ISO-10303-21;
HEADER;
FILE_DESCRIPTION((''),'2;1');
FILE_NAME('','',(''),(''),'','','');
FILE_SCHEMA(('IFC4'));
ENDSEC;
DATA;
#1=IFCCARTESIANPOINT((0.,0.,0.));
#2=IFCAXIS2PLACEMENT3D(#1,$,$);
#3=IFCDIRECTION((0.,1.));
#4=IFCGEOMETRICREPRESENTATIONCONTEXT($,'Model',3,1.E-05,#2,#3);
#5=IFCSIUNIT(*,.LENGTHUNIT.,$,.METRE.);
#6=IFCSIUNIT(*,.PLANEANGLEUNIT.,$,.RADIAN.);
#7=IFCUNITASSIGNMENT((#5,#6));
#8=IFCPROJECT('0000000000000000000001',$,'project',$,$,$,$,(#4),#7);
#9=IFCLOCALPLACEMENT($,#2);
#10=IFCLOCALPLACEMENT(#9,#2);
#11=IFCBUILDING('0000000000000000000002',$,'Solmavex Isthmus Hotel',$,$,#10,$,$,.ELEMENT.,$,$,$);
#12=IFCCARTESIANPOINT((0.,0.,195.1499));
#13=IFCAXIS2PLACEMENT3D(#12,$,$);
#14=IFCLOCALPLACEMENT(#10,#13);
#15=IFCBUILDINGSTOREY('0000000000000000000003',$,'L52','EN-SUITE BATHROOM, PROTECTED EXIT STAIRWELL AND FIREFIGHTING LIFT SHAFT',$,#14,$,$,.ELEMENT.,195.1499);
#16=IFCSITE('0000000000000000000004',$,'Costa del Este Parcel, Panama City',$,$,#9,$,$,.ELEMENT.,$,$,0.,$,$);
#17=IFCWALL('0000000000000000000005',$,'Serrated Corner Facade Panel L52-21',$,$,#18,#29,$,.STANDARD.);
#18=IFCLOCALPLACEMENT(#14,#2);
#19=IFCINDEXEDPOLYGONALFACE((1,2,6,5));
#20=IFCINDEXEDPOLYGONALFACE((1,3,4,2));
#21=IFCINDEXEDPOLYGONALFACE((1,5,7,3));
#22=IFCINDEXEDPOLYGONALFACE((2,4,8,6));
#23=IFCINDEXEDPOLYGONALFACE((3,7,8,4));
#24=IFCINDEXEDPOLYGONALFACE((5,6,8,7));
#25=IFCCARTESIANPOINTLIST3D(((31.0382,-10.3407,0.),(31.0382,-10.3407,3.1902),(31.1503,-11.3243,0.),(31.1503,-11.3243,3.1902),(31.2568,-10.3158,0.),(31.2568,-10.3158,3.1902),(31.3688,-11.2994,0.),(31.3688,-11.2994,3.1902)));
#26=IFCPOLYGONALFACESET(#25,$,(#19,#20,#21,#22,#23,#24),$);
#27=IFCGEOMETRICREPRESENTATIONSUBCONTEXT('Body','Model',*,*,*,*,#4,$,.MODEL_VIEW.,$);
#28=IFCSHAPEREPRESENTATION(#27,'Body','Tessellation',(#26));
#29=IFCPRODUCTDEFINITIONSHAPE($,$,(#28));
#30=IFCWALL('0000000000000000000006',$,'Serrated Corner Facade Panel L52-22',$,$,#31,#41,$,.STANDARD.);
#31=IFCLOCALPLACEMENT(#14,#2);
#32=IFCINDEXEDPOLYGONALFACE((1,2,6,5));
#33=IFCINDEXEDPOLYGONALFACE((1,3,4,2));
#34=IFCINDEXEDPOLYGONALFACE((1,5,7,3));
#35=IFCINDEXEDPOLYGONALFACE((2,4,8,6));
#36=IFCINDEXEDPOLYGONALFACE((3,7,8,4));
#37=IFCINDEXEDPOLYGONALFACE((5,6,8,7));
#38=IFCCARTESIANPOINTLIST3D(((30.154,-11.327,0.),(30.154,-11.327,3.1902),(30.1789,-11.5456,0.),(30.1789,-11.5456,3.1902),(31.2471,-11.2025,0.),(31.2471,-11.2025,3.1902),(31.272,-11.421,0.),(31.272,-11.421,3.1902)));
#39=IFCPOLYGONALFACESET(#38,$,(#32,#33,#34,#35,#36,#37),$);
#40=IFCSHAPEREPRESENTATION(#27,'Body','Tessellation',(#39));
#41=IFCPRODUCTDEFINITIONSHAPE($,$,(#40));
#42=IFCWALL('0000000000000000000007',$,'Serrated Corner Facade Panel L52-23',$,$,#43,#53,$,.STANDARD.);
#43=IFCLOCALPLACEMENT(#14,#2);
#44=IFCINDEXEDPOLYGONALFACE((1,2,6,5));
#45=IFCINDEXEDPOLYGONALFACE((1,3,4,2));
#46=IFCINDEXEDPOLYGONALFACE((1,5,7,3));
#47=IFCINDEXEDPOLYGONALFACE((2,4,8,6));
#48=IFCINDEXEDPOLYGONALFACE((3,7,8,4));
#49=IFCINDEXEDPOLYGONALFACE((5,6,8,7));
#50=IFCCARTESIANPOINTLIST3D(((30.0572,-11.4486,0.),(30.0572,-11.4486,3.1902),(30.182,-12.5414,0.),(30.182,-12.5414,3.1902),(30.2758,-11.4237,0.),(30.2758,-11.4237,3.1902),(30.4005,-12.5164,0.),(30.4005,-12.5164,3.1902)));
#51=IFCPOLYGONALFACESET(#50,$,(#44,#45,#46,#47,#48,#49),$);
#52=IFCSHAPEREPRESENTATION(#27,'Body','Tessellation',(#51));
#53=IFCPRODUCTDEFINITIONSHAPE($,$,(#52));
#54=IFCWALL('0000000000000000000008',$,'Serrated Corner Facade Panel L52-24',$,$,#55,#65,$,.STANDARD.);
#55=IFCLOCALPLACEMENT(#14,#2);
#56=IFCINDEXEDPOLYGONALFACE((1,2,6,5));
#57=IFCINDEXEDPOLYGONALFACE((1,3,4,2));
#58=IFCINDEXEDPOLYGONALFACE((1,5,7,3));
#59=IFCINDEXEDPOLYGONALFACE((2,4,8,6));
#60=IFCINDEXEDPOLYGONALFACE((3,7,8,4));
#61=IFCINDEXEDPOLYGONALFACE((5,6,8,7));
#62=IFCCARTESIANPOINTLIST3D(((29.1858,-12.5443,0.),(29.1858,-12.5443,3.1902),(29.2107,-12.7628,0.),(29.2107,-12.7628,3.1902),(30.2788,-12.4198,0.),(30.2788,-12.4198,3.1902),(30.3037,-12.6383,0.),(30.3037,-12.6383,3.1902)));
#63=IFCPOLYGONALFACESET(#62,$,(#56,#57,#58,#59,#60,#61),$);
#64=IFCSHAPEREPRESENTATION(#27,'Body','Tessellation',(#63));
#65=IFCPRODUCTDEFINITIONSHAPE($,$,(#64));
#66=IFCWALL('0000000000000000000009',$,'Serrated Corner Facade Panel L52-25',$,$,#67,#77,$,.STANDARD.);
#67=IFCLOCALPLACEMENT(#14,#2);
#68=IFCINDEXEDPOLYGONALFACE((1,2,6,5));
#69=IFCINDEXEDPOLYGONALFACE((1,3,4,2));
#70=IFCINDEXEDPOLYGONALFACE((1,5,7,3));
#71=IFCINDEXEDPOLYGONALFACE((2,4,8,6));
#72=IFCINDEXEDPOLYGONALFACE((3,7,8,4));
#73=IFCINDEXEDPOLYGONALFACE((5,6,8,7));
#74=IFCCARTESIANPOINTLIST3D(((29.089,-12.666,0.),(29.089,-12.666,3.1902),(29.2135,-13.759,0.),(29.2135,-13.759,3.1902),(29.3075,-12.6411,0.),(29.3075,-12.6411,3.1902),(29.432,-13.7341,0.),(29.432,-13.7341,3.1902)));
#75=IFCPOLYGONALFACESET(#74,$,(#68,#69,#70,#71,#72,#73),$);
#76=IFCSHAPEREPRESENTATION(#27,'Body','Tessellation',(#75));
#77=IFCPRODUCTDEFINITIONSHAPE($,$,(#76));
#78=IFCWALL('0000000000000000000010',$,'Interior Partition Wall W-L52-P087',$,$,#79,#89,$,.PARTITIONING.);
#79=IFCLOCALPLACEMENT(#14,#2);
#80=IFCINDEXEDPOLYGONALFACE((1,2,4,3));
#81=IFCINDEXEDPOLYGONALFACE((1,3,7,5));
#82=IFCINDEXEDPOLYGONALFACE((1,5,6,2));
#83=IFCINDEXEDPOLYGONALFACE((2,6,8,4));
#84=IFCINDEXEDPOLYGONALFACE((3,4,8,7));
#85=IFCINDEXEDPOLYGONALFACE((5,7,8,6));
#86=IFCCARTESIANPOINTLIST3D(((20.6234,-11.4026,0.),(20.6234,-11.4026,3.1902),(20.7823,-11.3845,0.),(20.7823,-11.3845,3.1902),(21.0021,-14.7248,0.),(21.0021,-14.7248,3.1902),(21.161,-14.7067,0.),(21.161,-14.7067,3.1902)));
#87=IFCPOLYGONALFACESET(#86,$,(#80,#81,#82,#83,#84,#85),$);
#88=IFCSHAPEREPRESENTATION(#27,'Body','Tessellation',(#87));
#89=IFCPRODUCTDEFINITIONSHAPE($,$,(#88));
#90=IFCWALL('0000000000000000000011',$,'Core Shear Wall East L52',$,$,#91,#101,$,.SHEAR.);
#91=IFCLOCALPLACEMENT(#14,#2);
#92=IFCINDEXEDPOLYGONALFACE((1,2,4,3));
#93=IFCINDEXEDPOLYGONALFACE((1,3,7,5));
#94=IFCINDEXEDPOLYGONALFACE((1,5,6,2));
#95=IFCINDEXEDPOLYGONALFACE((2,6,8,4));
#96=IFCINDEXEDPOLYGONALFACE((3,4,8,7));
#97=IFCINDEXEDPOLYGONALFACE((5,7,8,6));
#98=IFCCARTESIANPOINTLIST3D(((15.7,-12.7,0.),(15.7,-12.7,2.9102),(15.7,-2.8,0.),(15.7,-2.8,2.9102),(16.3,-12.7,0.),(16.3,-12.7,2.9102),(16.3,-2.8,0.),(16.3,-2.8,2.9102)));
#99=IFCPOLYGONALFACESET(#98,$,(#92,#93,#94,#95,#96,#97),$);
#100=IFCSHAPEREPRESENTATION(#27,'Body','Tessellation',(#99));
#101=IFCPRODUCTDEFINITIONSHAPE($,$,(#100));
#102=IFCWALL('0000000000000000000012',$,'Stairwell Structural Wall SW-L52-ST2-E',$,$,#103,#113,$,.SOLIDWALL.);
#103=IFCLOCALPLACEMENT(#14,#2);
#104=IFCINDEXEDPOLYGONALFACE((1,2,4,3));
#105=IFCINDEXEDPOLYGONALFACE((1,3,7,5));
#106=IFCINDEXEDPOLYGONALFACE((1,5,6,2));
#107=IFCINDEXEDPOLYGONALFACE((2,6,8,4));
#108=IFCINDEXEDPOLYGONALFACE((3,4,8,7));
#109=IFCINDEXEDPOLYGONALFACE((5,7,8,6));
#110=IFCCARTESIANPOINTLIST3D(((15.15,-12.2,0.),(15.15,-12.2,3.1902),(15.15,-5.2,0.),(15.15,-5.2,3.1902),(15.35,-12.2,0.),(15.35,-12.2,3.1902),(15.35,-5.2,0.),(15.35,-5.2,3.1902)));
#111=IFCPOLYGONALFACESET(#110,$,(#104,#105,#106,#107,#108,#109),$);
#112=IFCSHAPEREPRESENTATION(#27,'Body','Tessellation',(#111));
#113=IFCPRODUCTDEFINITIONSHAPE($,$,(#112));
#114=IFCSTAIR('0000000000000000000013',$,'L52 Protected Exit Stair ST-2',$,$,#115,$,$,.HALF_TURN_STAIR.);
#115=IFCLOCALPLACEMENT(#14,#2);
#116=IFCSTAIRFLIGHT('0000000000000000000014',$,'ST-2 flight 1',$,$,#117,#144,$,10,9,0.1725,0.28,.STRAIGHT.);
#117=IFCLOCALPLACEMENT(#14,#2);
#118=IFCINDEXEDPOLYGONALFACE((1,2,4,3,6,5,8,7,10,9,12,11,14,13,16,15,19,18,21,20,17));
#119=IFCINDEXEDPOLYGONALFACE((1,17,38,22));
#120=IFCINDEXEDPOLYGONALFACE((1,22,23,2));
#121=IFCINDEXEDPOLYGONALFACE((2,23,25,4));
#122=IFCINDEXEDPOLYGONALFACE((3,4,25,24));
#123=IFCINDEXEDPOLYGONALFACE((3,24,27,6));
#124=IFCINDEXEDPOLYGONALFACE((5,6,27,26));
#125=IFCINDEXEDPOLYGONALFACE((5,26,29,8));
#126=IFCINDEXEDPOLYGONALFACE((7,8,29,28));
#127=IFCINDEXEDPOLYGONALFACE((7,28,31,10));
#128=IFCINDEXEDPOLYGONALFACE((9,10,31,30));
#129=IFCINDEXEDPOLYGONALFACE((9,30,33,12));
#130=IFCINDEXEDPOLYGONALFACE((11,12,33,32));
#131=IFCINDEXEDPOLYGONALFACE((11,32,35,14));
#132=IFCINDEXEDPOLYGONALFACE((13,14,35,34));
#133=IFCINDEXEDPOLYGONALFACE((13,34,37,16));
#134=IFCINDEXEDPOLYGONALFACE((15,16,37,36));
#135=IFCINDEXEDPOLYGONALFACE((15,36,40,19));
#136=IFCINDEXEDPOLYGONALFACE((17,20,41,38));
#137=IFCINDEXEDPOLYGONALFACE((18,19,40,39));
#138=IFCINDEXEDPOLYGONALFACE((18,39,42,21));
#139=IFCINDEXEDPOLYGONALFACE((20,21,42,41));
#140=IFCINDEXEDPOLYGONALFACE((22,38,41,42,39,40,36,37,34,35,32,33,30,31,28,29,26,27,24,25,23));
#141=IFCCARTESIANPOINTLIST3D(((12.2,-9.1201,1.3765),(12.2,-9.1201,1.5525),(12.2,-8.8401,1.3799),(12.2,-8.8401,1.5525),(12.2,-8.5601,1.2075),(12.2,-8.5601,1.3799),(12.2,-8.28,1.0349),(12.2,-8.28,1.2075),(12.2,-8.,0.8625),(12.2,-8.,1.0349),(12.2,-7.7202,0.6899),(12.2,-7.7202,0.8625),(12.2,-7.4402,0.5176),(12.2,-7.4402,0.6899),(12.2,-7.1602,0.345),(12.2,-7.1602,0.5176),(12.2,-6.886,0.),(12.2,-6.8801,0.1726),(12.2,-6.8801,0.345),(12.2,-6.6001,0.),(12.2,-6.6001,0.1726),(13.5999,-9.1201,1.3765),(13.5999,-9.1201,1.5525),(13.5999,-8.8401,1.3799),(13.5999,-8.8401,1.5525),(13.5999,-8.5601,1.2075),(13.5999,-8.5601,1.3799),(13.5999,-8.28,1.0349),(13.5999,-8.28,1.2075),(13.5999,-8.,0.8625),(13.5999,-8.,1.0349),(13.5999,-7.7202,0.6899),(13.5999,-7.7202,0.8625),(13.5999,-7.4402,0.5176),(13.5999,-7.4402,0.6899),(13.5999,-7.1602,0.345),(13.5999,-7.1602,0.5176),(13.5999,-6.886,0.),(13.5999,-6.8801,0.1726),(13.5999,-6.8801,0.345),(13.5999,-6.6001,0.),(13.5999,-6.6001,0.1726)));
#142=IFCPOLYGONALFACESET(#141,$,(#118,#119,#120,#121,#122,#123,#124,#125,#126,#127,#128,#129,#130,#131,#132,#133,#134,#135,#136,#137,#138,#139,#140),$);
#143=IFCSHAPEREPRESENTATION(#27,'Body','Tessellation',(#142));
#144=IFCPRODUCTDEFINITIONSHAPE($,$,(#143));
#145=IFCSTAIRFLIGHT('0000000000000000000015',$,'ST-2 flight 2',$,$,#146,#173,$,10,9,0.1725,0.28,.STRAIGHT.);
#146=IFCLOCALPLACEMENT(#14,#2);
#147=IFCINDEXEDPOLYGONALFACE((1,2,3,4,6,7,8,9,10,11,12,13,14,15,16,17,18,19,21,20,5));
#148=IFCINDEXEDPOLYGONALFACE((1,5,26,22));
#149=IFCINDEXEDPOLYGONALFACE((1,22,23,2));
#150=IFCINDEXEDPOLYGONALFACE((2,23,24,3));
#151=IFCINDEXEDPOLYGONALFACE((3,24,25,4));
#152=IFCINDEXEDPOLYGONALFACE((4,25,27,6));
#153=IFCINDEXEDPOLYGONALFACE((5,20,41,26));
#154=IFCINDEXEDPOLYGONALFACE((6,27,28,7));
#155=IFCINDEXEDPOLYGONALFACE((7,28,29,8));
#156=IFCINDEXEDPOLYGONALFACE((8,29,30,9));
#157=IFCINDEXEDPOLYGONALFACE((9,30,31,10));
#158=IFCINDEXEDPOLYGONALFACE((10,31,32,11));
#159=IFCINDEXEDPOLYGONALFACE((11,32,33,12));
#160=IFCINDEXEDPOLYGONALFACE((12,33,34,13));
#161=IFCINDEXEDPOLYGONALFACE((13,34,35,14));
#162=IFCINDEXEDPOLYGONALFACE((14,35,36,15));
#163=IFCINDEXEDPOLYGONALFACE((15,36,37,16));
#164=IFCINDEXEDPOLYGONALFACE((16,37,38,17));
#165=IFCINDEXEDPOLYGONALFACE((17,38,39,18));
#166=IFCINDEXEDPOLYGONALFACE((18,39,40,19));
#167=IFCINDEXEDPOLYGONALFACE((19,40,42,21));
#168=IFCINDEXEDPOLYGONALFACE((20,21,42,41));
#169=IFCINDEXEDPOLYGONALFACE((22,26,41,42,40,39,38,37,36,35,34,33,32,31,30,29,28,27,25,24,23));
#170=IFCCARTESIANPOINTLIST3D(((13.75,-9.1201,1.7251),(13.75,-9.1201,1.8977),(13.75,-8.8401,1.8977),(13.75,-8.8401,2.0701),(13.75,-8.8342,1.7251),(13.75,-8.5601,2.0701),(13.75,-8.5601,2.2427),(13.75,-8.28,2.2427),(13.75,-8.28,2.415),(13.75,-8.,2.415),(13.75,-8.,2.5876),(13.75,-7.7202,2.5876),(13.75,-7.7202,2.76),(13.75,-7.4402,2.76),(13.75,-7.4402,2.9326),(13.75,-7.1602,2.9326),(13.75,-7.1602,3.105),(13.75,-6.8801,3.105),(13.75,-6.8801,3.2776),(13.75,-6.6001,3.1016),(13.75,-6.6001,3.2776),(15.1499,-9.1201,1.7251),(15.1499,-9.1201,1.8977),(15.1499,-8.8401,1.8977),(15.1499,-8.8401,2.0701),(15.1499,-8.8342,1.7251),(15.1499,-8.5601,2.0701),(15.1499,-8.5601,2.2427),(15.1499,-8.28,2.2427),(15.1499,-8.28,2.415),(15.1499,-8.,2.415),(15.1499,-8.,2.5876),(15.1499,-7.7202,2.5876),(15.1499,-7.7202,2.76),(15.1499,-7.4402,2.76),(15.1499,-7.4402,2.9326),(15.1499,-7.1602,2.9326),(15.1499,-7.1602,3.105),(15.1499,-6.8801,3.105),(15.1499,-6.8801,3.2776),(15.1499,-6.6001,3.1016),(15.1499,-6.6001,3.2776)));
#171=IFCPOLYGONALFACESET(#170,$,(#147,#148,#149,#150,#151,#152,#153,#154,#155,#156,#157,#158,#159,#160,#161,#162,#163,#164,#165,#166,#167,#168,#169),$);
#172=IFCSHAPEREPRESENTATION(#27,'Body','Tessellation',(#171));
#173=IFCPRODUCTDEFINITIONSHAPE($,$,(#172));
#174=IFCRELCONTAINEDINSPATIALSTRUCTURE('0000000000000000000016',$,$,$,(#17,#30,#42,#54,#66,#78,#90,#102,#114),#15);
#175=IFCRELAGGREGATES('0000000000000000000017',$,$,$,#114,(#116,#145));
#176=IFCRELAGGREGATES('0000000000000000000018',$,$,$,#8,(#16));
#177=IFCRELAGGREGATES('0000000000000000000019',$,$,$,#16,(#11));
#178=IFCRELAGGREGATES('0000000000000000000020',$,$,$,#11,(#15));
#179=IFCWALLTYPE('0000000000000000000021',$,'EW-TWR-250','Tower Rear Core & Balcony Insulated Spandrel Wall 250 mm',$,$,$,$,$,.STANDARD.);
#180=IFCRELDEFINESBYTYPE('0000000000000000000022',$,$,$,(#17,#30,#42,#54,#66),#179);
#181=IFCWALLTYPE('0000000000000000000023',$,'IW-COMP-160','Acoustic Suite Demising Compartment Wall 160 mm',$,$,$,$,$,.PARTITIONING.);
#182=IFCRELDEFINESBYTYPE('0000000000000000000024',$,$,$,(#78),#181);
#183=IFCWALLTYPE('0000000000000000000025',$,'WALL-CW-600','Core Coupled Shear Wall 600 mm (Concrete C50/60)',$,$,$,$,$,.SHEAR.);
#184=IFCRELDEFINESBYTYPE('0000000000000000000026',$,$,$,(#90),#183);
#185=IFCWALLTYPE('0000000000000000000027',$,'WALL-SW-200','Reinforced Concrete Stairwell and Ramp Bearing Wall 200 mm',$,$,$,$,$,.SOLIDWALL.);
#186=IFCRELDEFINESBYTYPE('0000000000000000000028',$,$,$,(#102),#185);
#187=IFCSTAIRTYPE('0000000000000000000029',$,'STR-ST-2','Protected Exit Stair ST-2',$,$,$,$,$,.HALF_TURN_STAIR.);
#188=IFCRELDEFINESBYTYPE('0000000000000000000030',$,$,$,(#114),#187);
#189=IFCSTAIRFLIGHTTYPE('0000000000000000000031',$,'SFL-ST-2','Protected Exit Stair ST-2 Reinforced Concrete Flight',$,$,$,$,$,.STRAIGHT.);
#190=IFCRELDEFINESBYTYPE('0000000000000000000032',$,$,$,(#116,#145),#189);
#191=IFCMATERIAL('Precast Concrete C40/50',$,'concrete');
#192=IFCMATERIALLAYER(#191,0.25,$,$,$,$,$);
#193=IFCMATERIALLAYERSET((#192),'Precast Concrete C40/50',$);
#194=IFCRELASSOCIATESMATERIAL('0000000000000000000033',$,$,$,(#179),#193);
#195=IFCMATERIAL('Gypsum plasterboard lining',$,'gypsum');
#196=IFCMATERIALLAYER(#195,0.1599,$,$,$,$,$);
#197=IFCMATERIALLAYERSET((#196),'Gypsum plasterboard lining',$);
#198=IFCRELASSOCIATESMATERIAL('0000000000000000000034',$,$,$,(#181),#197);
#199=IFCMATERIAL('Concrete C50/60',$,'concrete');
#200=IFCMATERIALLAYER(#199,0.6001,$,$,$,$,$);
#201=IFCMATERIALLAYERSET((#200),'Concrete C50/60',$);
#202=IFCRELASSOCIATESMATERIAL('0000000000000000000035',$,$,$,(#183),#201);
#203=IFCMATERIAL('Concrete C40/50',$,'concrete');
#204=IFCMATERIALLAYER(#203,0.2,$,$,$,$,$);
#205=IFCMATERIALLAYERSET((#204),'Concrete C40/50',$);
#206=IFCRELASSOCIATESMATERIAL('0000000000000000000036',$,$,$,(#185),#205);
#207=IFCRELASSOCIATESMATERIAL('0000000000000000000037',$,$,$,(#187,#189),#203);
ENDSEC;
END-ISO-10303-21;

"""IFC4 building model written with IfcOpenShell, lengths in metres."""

from ifc_helpers import new_model, si_unit, direction, frame, frame_2d, origin, place, context, subcontext, project, spatial, polyline, rectangle, outline, extrude, material, layer, layer_set, type_object, element, aggregate, save


model = new_model("IFC4")

# Units and contexts
model_context = context("Model", 3, precision=1e-05, world=origin(), true_north=direction((0.0, 1.0)))
body_context = subcontext(model_context, "Body", "Model", "MODEL_VIEW")
ifc_project = project(units=[si_unit("LENGTHUNIT", "METRE"), si_unit("PLANEANGLEUNIT", "RADIAN")], contexts=[model_context])

# Site, building, storey
site_placement = place(None, origin())
site = spatial("IfcSite", under=ifc_project, at=site_placement, Name="Costa del Este Parcel, Panama City", CompositionType="ELEMENT", RefElevation=0.0)
building_placement = place(site_placement, origin())
building = spatial("IfcBuilding", under=site, at=building_placement, Name="Solmavex Isthmus Hotel", CompositionType="ELEMENT")
storey_placement = place(building_placement, frame((0.0, 0.0, 195.1499)))
storey = spatial("IfcBuildingStorey", under=building, at=storey_placement, Name="L52", Description="EN-SUITE BATHROOM, PROTECTED EXIT STAIRWELL AND FIREFIGHTING LIFT SHAFT", CompositionType="ELEMENT", Elevation=195.1499)

# Shared definitions
ifc_material_1 = material(Name="Concrete C50/60", Category="concrete")

# Walls
ifc_material_2 = material(Name="Precast Concrete C40/50", Category="concrete")
ifc_layer_1 = layer(ifc_material_2, 0.25)
ifc_layer_set_1 = layer_set([ifc_layer_1], Name="Precast Concrete C40/50")
wall_type_1 = type_object("IfcWallType", Name="EW-TWR-250", Description="Tower Rear Core & Balcony Insulated Spandrel Wall 250 mm", PredefinedType="STANDARD", material=ifc_layer_set_1)
wall_1_placement = place(storey_placement, frame((31.1475, -10.3281, 0.0), z_axis=(0.0, 0.0, 1.0), x_axis=(0.113192, -0.993573, 0.0)))
element("IfcWall", 1, at=wall_1_placement, inside=storey, type_object=wall_type_1, Name="Serrated Corner Facade Panel L52-21", PredefinedType="STANDARD", context=body_context, shape_type="SweptSolid", body=[
    extrude(rectangle(XDim=0.99, YDim=0.22, at=frame_2d((0.4951, 0.0))), origin(), (0.0, 0.0, 1.0), 3.1902),
])
wall_2_placement = place(storey_placement, frame((31.2595, -11.3118, 0.0), z_axis=(0.0, 0.0, 1.0), x_axis=(-0.993574, -0.113184, 0.0)))
element("IfcWall", 2, at=wall_2_placement, inside=storey, type_object=wall_type_1, Name="Serrated Corner Facade Panel L52-22", PredefinedType="STANDARD", context=body_context, shape_type="SweptSolid", body=[
    extrude(rectangle(XDim=1.1001, YDim=0.22, at=frame_2d((0.55, 0.0))), origin(), (0.0, 0.0, 1.0), 3.1902),
])
wall_3_placement = place(storey_placement, frame((30.1665, -11.4363, 0.0), z_axis=(0.0, 0.0, 1.0), x_axis=(0.113428, -0.993546, 0.0)))
element("IfcWall", 3, at=wall_3_placement, inside=storey, type_object=wall_type_1, Name="Serrated Corner Facade Panel L52-23", PredefinedType="STANDARD", context=body_context, shape_type="SweptSolid", body=[
    extrude(rectangle(XDim=1.0999, YDim=0.22, at=frame_2d((0.5498, 0.0))), origin(), (0.0, 0.0, 1.0), 3.1902),
])
for number, where, z_axis, x_axis, name in (
    (4, (30.2913, -12.5291, 0.0), (0.0, 0.0, 1.0), (-0.993574, -0.113184, 0.0), "Serrated Corner Facade Panel L52-24"),
    (5, (29.1982, -12.6536, 0.0), (0.0, 0.0, 1.0), (0.113184, -0.993574, 0.0), "Serrated Corner Facade Panel L52-25"),
):
    element("IfcWall", number, at=place(storey_placement, frame(where, z_axis=z_axis, x_axis=x_axis)), inside=storey, type_object=wall_type_1, Name=name, PredefinedType="STANDARD", context=body_context, shape_type="SweptSolid", body=[
        extrude(rectangle(XDim=1.1001, YDim=0.22, at=frame_2d((0.55, 0.0))), origin(), (0.0, 0.0, 1.0), 3.1902),
    ])
ifc_material_3 = material(Name="Gypsum plasterboard lining", Category="gypsum")
ifc_layer_2 = layer(ifc_material_3, 0.1599)
ifc_layer_set_2 = layer_set([ifc_layer_2], Name="Gypsum plasterboard lining")
wall_type_2 = type_object("IfcWallType", Name="IW-COMP-160", Description="Acoustic Suite Demising Compartment Wall 160 mm", PredefinedType="PARTITIONING", material=ifc_layer_set_2)
wall_4_placement = place(storey_placement, frame((20.7029, -11.3936, 0.0), z_axis=(0.0, 0.0, 1.0), x_axis=(0.113244, -0.993567, 0.0)))
element("IfcWall", 6, at=wall_4_placement, inside=storey, type_object=wall_type_2, Name="Interior Partition Wall W-L52-P087", PredefinedType="PARTITIONING", context=body_context, shape_type="SweptSolid", body=[
    extrude(rectangle(XDim=3.3438, YDim=0.1599, at=frame_2d((1.6719, 0.0))), origin(), (0.0, 0.0, 1.0), 3.1902),
])
ifc_layer_3 = layer(ifc_material_1, 0.6001)
ifc_layer_set_3 = layer_set([ifc_layer_3], Name="Concrete C50/60")
wall_type_3 = type_object("IfcWallType", Name="WALL-CW-600", Description="Core Coupled Shear Wall 600 mm (Concrete C50/60)", PredefinedType="SHEAR", material=ifc_layer_set_3)
wall_5_placement = place(storey_placement, frame((16.0, -12.7, 0.0), z_axis=(0.0, 0.0, 1.0), x_axis=(0.0, 1.0, 0.0)))
element("IfcWall", 7, at=wall_5_placement, inside=storey, type_object=wall_type_3, Name="Core Shear Wall East L52", PredefinedType="SHEAR", context=body_context, shape_type="SweptSolid", body=[
    extrude(rectangle(XDim=9.8999, YDim=0.6001, at=frame_2d((4.95, 0.0))), origin(), (0.0, 0.0, 1.0), 2.9102),
])
ifc_material_4 = material(Name="Concrete C40/50", Category="concrete")
ifc_layer_4 = layer(ifc_material_4, 0.2)
ifc_layer_set_4 = layer_set([ifc_layer_4], Name="Concrete C40/50")
wall_type_4 = type_object("IfcWallType", Name="WALL-SW-200", Description="Reinforced Concrete Stairwell and Ramp Bearing Wall 200 mm", PredefinedType="SOLIDWALL", material=ifc_layer_set_4)
wall_6_placement = place(storey_placement, frame((15.25, -12.2, 0.0), z_axis=(0.0, 0.0, 1.0), x_axis=(0.0, 1.0, 0.0)))
element("IfcWall", 8, at=wall_6_placement, inside=storey, type_object=wall_type_4, Name="Stairwell Structural Wall SW-L52-ST2-E", PredefinedType="SOLIDWALL", context=body_context, shape_type="SweptSolid", body=[
    extrude(rectangle(XDim=7.0, YDim=0.2, at=frame_2d((3.5, 0.0))), origin(), (0.0, 0.0, 1.0), 3.1902),
])

# Stair, stair flights
stair_type = type_object("IfcStairType", Name="STR-ST-2", Description="Protected Exit Stair ST-2", PredefinedType="HALF_TURN_STAIR", material=ifc_material_4)
stair_placement = place(storey_placement, origin())
stair = element("IfcStair", 9, at=stair_placement, inside=storey, type_object=stair_type, Name="L52 Protected Exit Stair ST-2", PredefinedType="HALF_TURN_STAIR")
stair_flight_type = type_object("IfcStairFlightType", Name="SFL-ST-2", Description="Protected Exit Stair ST-2 Reinforced Concrete Flight", PredefinedType="STRAIGHT", material=ifc_material_4)
stair_flight_1_placement = place(storey_placement, frame((12.8999, -6.6001, 0.0), z_axis=(0.0, 0.0, 1.0), x_axis=(0.0, -1.0, 0.0)))
stair_flight_1 = element("IfcStairFlight", 10, at=stair_flight_1_placement, type_object=stair_flight_type, Name="ST-2 flight 1", NumberOfRisers=10, NumberOfTreads=9, PredefinedType="STRAIGHT", RiserHeight=0.1725, TreadLength=0.28, context=body_context, shape_type="SweptSolid", body=[
    extrude(outline(polyline([(0.0, 0.0), (0.0, 0.1726), (0.28, 0.1726), (0.28, 0.345), (0.5601, 0.345), (0.5601, 0.5176), (0.8401, 0.5176), (0.8401, 0.6899), (1.1201, 0.6899), (1.1201, 0.8625), (1.3999, 0.8625), (1.3999, 1.0349), (1.6799, 1.0349), (1.6799, 1.2075), (1.96, 1.2075), (1.96, 1.3799), (2.24, 1.3799), (2.24, 1.5525), (2.52, 1.5525), (2.52, 1.7251), (2.52, 1.3765), (0.2859, 0.0), (0.0, 0.0)])), frame((0.0, 0.7, 0.0), z_axis=(0.0, -1.0, 0.0), x_axis=(1.0, 0.0, 0.0)), (0.0, 0.0, 1.0), 1.3999),
])
stair_flight_2_placement = place(storey_placement, frame((14.45, -9.1201, 1.7251), z_axis=(0.0, 0.0, 1.0), x_axis=(0.0, 1.0, 0.0)))
stair_flight_2 = element("IfcStairFlight", 11, at=stair_flight_2_placement, type_object=stair_flight_type, Name="ST-2 flight 2", NumberOfRisers=10, NumberOfTreads=9, PredefinedType="STRAIGHT", RiserHeight=0.1725, TreadLength=0.28, context=body_context, shape_type="SweptSolid", body=[
    extrude(outline(polyline([(0.0, 0.0), (0.0, 0.1726), (0.28, 0.1726), (0.28, 0.345), (0.5601, 0.345), (0.5601, 0.5176), (0.8401, 0.5176), (0.8401, 0.6899), (1.1201, 0.6899), (1.1201, 0.8625), (1.3999, 0.8625), (1.3999, 1.0349), (1.6799, 1.0349), (1.6799, 1.2075), (1.96, 1.2075), (1.96, 1.3799), (2.24, 1.3799), (2.24, 1.5525), (2.52, 1.5525), (2.52, 1.7251), (2.52, 1.3765), (0.2859, 0.0), (0.0, 0.0)])), frame((0.0, 0.7, 0.0), z_axis=(0.0, -1.0, 0.0), x_axis=(1.0, 0.0, 0.0)), (0.0, 0.0, 1.0), 1.3999),
])
aggregate(stair, [stair_flight_1, stair_flight_2])

save(model, "model.ifc")
